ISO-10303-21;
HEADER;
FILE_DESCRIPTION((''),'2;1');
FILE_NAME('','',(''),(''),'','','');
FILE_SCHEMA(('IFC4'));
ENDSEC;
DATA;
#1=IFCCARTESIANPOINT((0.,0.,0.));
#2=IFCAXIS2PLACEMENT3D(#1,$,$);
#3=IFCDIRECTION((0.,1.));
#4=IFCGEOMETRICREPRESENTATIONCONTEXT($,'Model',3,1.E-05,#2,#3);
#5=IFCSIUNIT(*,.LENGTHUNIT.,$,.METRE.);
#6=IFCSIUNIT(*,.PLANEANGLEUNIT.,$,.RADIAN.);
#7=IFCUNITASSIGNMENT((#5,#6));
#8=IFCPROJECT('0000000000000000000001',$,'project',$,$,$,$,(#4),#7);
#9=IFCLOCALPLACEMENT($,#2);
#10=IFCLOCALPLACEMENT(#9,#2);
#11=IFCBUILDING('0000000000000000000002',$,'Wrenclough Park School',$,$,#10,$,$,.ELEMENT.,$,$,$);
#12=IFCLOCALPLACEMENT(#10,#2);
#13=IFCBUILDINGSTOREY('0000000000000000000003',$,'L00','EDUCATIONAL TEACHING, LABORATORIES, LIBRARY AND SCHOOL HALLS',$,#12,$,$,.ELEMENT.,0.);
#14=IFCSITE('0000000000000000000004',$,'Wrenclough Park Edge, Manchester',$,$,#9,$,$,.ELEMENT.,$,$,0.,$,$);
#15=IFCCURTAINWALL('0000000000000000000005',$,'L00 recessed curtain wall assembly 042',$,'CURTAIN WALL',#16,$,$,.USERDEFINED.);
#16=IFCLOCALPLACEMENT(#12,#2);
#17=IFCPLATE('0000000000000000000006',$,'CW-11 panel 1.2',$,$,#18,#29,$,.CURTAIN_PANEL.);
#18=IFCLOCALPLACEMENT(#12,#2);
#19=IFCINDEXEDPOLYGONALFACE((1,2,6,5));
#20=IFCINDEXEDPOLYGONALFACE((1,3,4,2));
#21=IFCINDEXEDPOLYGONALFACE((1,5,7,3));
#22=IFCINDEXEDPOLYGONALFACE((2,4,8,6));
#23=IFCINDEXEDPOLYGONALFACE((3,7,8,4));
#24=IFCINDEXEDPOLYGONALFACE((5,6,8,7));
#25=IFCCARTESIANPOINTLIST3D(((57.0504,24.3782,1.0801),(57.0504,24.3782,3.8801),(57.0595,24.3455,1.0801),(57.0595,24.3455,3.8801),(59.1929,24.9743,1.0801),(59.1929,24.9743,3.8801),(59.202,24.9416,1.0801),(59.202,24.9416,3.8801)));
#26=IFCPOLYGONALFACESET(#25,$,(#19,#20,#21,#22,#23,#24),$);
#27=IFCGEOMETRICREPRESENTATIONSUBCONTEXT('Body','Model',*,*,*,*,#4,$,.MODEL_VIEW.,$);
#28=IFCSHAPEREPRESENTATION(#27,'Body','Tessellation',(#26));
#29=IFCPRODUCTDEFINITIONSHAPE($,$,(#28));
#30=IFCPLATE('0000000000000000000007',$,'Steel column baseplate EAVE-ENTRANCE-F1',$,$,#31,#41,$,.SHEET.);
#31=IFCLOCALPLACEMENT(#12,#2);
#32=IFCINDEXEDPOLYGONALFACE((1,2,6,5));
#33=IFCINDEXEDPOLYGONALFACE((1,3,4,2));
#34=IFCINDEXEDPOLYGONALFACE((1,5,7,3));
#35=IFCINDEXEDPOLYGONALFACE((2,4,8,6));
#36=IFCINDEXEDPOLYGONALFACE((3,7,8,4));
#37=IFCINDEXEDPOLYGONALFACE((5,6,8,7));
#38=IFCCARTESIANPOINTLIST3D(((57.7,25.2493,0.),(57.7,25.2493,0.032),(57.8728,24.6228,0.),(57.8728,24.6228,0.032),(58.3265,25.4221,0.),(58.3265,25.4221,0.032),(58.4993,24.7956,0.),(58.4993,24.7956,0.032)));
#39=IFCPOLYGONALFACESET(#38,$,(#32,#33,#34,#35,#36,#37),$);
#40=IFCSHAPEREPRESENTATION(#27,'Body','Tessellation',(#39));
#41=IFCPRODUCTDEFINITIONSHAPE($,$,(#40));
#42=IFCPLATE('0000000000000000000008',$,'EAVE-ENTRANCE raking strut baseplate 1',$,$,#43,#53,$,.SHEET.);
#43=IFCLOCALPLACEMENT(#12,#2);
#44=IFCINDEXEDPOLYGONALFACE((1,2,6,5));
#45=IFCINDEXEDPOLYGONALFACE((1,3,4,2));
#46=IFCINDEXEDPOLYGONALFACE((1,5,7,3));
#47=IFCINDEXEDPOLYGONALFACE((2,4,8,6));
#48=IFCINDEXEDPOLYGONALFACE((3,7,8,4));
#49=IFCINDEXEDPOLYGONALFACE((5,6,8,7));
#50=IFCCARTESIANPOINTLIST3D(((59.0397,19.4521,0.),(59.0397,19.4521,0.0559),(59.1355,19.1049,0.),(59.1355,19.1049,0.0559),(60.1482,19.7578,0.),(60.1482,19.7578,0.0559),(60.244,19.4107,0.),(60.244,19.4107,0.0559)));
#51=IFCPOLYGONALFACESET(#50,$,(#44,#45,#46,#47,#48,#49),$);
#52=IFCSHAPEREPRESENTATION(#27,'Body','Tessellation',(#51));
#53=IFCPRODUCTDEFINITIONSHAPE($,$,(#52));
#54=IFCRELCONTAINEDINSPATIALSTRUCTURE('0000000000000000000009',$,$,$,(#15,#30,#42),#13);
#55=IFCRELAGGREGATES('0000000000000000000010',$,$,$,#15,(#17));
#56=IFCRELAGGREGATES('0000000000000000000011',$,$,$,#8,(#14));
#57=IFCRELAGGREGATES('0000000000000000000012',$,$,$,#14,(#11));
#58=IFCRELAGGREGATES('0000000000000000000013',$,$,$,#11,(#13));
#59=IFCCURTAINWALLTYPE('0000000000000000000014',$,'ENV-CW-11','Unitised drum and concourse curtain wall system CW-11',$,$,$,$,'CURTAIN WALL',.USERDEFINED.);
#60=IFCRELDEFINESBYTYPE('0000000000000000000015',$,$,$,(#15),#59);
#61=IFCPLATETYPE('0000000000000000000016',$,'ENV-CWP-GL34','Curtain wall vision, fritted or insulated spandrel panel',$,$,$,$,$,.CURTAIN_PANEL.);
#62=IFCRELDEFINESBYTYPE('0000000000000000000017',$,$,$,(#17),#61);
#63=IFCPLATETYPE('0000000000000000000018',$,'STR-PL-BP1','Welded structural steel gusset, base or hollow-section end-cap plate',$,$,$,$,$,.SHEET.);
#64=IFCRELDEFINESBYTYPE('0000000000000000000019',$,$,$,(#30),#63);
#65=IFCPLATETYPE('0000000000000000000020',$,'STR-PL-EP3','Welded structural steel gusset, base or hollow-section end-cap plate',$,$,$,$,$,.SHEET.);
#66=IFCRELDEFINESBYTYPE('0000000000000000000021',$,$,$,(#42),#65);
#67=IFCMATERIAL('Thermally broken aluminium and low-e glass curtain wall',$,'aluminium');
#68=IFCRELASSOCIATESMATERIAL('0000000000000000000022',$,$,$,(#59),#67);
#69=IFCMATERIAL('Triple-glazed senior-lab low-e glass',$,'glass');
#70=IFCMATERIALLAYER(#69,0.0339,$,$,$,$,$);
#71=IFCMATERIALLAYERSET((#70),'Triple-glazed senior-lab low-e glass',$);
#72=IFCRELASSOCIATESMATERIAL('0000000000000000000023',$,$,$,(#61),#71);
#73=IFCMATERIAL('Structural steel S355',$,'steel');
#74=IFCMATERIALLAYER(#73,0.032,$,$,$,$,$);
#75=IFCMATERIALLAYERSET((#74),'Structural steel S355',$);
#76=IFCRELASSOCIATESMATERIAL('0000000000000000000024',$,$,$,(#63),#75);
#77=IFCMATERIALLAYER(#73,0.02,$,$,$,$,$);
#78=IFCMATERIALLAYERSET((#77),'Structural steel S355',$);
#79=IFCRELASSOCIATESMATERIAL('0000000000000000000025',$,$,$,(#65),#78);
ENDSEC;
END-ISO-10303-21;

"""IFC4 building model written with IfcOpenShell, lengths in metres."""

from ifc_helpers import new_model, si_unit, direction, frame, origin, origin_2d, place, context, subcontext, project, spatial, rectangle, extrude, material, layer, layer_set, type_object, element, aggregate, save


model = new_model("IFC4")

# Units and contexts
model_context = context("Model", 3, precision=1e-05, world=origin(), true_north=direction((0.0, 1.0)))
body_context = subcontext(model_context, "Body", "Model", "MODEL_VIEW")
ifc_project = project(units=[si_unit("LENGTHUNIT", "METRE"), si_unit("PLANEANGLEUNIT", "RADIAN")], contexts=[model_context])

# Site, building, storey
site_placement = place(None, origin())
site = spatial("IfcSite", under=ifc_project, at=site_placement, Name="Wrenclough Park Edge, Manchester", CompositionType="ELEMENT", RefElevation=0.0)
building_placement = place(site_placement, origin())
building = spatial("IfcBuilding", under=site, at=building_placement, Name="Wrenclough Park School", CompositionType="ELEMENT")
storey_placement = place(building_placement, origin())
storey = spatial("IfcBuildingStorey", under=building, at=storey_placement, Name="L00", Description="EDUCATIONAL TEACHING, LABORATORIES, LIBRARY AND SCHOOL HALLS", CompositionType="ELEMENT", Elevation=0.0)

# Shared definitions
ifc_material_1 = material(Name="Structural steel S355", Category="steel")

# Curtain wall
ifc_material_2 = material(Name="Thermally broken aluminium and low-e glass curtain wall", Category="aluminium")
curtain_wall_type_1 = type_object("IfcCurtainWallType", Name="ENV-CW-11", Description="Unitised drum and concourse curtain wall system CW-11", ElementType="CURTAIN WALL", PredefinedType="USERDEFINED", material=ifc_material_2)
curtain_wall_1_placement = place(storey_placement, origin())
curtain_wall_1 = element("IfcCurtainWall", 1, at=curtain_wall_1_placement, inside=storey, type_object=curtain_wall_type_1, Name="L00 recessed curtain wall assembly 042", ObjectType="CURTAIN WALL", PredefinedType="USERDEFINED")

# Plate
ifc_material_3 = material(Name="Triple-glazed senior-lab low-e glass", Category="glass")
ifc_layer_1 = layer(ifc_material_3, 0.0339)
ifc_layer_set_1 = layer_set([ifc_layer_1], Name="Triple-glazed senior-lab low-e glass")
plate_type_1 = type_object("IfcPlateType", Name="ENV-CWP-GL34", Description="Curtain wall vision, fritted or insulated spandrel panel", PredefinedType="CURTAIN_PANEL", material=ifc_layer_set_1)
plate_1_placement = place(storey_placement, frame((58.1262, 24.6599, 1.0801), z_axis=(0.0, 0.0, 1.0), x_axis=(-0.963399, -0.268073, 0.0)))
plate_1 = element("IfcPlate", 2, at=plate_1_placement, type_object=plate_type_1, Name="CW-11 panel 1.2", PredefinedType="CURTAIN_PANEL", context=body_context, shape_type="SweptSolid", body=[
    extrude(rectangle(XDim=2.2239, YDim=0.0339, at=origin_2d()), origin(), (0.0, 0.0, 1.0), 2.8),
])
aggregate(curtain_wall_1, [plate_1])

# Plates
ifc_layer_2 = layer(ifc_material_1, 0.032)
ifc_layer_set_2 = layer_set([ifc_layer_2], Name="Structural steel S355")
plate_type_2 = type_object("IfcPlateType", Name="STR-PL-BP1", Description="Welded structural steel gusset, base or hollow-section end-cap plate", PredefinedType="SHEET", material=ifc_layer_set_2)
plate_2_placement = place(storey_placement, frame((58.0996, 25.0225, 0.0), z_axis=(0.0, 0.0, 1.0), x_axis=(0.964003, 0.265893, 0.0)))
element("IfcPlate", 3, at=plate_2_placement, inside=storey, type_object=plate_type_2, Name="Steel column baseplate EAVE-ENTRANCE-F1", PredefinedType="SHEET", context=body_context, shape_type="SweptSolid", body=[
    extrude(rectangle(XDim=0.6499, YDim=0.6499, at=origin_2d()), origin(), (0.0, 0.0, 1.0), 0.032),
])
ifc_layer_3 = layer(ifc_material_1, 0.02)
ifc_layer_set_3 = layer_set([ifc_layer_3], Name="Structural steel S355")
plate_type_3 = type_object("IfcPlateType", Name="STR-PL-EP3", Description="Welded structural steel gusset, base or hollow-section end-cap plate", PredefinedType="SHEET", material=ifc_layer_set_3)
plate_3_placement = place(storey_placement, frame((59.6418, 19.4314, 0.0), z_axis=(0.0, 0.0, 1.0), x_axis=(0.964003, 0.265893, 0.0)))
element("IfcPlate", 4, at=plate_3_placement, inside=storey, type_object=plate_type_3, Name="EAVE-ENTRANCE raking strut baseplate 1", PredefinedType="SHEET", context=body_context, shape_type="SweptSolid", body=[
    extrude(rectangle(XDim=1.1499, YDim=0.3601, at=origin_2d()), origin(), (0.0, 0.0, 1.0), 0.0559),
])

save(model, "model.ifc")
